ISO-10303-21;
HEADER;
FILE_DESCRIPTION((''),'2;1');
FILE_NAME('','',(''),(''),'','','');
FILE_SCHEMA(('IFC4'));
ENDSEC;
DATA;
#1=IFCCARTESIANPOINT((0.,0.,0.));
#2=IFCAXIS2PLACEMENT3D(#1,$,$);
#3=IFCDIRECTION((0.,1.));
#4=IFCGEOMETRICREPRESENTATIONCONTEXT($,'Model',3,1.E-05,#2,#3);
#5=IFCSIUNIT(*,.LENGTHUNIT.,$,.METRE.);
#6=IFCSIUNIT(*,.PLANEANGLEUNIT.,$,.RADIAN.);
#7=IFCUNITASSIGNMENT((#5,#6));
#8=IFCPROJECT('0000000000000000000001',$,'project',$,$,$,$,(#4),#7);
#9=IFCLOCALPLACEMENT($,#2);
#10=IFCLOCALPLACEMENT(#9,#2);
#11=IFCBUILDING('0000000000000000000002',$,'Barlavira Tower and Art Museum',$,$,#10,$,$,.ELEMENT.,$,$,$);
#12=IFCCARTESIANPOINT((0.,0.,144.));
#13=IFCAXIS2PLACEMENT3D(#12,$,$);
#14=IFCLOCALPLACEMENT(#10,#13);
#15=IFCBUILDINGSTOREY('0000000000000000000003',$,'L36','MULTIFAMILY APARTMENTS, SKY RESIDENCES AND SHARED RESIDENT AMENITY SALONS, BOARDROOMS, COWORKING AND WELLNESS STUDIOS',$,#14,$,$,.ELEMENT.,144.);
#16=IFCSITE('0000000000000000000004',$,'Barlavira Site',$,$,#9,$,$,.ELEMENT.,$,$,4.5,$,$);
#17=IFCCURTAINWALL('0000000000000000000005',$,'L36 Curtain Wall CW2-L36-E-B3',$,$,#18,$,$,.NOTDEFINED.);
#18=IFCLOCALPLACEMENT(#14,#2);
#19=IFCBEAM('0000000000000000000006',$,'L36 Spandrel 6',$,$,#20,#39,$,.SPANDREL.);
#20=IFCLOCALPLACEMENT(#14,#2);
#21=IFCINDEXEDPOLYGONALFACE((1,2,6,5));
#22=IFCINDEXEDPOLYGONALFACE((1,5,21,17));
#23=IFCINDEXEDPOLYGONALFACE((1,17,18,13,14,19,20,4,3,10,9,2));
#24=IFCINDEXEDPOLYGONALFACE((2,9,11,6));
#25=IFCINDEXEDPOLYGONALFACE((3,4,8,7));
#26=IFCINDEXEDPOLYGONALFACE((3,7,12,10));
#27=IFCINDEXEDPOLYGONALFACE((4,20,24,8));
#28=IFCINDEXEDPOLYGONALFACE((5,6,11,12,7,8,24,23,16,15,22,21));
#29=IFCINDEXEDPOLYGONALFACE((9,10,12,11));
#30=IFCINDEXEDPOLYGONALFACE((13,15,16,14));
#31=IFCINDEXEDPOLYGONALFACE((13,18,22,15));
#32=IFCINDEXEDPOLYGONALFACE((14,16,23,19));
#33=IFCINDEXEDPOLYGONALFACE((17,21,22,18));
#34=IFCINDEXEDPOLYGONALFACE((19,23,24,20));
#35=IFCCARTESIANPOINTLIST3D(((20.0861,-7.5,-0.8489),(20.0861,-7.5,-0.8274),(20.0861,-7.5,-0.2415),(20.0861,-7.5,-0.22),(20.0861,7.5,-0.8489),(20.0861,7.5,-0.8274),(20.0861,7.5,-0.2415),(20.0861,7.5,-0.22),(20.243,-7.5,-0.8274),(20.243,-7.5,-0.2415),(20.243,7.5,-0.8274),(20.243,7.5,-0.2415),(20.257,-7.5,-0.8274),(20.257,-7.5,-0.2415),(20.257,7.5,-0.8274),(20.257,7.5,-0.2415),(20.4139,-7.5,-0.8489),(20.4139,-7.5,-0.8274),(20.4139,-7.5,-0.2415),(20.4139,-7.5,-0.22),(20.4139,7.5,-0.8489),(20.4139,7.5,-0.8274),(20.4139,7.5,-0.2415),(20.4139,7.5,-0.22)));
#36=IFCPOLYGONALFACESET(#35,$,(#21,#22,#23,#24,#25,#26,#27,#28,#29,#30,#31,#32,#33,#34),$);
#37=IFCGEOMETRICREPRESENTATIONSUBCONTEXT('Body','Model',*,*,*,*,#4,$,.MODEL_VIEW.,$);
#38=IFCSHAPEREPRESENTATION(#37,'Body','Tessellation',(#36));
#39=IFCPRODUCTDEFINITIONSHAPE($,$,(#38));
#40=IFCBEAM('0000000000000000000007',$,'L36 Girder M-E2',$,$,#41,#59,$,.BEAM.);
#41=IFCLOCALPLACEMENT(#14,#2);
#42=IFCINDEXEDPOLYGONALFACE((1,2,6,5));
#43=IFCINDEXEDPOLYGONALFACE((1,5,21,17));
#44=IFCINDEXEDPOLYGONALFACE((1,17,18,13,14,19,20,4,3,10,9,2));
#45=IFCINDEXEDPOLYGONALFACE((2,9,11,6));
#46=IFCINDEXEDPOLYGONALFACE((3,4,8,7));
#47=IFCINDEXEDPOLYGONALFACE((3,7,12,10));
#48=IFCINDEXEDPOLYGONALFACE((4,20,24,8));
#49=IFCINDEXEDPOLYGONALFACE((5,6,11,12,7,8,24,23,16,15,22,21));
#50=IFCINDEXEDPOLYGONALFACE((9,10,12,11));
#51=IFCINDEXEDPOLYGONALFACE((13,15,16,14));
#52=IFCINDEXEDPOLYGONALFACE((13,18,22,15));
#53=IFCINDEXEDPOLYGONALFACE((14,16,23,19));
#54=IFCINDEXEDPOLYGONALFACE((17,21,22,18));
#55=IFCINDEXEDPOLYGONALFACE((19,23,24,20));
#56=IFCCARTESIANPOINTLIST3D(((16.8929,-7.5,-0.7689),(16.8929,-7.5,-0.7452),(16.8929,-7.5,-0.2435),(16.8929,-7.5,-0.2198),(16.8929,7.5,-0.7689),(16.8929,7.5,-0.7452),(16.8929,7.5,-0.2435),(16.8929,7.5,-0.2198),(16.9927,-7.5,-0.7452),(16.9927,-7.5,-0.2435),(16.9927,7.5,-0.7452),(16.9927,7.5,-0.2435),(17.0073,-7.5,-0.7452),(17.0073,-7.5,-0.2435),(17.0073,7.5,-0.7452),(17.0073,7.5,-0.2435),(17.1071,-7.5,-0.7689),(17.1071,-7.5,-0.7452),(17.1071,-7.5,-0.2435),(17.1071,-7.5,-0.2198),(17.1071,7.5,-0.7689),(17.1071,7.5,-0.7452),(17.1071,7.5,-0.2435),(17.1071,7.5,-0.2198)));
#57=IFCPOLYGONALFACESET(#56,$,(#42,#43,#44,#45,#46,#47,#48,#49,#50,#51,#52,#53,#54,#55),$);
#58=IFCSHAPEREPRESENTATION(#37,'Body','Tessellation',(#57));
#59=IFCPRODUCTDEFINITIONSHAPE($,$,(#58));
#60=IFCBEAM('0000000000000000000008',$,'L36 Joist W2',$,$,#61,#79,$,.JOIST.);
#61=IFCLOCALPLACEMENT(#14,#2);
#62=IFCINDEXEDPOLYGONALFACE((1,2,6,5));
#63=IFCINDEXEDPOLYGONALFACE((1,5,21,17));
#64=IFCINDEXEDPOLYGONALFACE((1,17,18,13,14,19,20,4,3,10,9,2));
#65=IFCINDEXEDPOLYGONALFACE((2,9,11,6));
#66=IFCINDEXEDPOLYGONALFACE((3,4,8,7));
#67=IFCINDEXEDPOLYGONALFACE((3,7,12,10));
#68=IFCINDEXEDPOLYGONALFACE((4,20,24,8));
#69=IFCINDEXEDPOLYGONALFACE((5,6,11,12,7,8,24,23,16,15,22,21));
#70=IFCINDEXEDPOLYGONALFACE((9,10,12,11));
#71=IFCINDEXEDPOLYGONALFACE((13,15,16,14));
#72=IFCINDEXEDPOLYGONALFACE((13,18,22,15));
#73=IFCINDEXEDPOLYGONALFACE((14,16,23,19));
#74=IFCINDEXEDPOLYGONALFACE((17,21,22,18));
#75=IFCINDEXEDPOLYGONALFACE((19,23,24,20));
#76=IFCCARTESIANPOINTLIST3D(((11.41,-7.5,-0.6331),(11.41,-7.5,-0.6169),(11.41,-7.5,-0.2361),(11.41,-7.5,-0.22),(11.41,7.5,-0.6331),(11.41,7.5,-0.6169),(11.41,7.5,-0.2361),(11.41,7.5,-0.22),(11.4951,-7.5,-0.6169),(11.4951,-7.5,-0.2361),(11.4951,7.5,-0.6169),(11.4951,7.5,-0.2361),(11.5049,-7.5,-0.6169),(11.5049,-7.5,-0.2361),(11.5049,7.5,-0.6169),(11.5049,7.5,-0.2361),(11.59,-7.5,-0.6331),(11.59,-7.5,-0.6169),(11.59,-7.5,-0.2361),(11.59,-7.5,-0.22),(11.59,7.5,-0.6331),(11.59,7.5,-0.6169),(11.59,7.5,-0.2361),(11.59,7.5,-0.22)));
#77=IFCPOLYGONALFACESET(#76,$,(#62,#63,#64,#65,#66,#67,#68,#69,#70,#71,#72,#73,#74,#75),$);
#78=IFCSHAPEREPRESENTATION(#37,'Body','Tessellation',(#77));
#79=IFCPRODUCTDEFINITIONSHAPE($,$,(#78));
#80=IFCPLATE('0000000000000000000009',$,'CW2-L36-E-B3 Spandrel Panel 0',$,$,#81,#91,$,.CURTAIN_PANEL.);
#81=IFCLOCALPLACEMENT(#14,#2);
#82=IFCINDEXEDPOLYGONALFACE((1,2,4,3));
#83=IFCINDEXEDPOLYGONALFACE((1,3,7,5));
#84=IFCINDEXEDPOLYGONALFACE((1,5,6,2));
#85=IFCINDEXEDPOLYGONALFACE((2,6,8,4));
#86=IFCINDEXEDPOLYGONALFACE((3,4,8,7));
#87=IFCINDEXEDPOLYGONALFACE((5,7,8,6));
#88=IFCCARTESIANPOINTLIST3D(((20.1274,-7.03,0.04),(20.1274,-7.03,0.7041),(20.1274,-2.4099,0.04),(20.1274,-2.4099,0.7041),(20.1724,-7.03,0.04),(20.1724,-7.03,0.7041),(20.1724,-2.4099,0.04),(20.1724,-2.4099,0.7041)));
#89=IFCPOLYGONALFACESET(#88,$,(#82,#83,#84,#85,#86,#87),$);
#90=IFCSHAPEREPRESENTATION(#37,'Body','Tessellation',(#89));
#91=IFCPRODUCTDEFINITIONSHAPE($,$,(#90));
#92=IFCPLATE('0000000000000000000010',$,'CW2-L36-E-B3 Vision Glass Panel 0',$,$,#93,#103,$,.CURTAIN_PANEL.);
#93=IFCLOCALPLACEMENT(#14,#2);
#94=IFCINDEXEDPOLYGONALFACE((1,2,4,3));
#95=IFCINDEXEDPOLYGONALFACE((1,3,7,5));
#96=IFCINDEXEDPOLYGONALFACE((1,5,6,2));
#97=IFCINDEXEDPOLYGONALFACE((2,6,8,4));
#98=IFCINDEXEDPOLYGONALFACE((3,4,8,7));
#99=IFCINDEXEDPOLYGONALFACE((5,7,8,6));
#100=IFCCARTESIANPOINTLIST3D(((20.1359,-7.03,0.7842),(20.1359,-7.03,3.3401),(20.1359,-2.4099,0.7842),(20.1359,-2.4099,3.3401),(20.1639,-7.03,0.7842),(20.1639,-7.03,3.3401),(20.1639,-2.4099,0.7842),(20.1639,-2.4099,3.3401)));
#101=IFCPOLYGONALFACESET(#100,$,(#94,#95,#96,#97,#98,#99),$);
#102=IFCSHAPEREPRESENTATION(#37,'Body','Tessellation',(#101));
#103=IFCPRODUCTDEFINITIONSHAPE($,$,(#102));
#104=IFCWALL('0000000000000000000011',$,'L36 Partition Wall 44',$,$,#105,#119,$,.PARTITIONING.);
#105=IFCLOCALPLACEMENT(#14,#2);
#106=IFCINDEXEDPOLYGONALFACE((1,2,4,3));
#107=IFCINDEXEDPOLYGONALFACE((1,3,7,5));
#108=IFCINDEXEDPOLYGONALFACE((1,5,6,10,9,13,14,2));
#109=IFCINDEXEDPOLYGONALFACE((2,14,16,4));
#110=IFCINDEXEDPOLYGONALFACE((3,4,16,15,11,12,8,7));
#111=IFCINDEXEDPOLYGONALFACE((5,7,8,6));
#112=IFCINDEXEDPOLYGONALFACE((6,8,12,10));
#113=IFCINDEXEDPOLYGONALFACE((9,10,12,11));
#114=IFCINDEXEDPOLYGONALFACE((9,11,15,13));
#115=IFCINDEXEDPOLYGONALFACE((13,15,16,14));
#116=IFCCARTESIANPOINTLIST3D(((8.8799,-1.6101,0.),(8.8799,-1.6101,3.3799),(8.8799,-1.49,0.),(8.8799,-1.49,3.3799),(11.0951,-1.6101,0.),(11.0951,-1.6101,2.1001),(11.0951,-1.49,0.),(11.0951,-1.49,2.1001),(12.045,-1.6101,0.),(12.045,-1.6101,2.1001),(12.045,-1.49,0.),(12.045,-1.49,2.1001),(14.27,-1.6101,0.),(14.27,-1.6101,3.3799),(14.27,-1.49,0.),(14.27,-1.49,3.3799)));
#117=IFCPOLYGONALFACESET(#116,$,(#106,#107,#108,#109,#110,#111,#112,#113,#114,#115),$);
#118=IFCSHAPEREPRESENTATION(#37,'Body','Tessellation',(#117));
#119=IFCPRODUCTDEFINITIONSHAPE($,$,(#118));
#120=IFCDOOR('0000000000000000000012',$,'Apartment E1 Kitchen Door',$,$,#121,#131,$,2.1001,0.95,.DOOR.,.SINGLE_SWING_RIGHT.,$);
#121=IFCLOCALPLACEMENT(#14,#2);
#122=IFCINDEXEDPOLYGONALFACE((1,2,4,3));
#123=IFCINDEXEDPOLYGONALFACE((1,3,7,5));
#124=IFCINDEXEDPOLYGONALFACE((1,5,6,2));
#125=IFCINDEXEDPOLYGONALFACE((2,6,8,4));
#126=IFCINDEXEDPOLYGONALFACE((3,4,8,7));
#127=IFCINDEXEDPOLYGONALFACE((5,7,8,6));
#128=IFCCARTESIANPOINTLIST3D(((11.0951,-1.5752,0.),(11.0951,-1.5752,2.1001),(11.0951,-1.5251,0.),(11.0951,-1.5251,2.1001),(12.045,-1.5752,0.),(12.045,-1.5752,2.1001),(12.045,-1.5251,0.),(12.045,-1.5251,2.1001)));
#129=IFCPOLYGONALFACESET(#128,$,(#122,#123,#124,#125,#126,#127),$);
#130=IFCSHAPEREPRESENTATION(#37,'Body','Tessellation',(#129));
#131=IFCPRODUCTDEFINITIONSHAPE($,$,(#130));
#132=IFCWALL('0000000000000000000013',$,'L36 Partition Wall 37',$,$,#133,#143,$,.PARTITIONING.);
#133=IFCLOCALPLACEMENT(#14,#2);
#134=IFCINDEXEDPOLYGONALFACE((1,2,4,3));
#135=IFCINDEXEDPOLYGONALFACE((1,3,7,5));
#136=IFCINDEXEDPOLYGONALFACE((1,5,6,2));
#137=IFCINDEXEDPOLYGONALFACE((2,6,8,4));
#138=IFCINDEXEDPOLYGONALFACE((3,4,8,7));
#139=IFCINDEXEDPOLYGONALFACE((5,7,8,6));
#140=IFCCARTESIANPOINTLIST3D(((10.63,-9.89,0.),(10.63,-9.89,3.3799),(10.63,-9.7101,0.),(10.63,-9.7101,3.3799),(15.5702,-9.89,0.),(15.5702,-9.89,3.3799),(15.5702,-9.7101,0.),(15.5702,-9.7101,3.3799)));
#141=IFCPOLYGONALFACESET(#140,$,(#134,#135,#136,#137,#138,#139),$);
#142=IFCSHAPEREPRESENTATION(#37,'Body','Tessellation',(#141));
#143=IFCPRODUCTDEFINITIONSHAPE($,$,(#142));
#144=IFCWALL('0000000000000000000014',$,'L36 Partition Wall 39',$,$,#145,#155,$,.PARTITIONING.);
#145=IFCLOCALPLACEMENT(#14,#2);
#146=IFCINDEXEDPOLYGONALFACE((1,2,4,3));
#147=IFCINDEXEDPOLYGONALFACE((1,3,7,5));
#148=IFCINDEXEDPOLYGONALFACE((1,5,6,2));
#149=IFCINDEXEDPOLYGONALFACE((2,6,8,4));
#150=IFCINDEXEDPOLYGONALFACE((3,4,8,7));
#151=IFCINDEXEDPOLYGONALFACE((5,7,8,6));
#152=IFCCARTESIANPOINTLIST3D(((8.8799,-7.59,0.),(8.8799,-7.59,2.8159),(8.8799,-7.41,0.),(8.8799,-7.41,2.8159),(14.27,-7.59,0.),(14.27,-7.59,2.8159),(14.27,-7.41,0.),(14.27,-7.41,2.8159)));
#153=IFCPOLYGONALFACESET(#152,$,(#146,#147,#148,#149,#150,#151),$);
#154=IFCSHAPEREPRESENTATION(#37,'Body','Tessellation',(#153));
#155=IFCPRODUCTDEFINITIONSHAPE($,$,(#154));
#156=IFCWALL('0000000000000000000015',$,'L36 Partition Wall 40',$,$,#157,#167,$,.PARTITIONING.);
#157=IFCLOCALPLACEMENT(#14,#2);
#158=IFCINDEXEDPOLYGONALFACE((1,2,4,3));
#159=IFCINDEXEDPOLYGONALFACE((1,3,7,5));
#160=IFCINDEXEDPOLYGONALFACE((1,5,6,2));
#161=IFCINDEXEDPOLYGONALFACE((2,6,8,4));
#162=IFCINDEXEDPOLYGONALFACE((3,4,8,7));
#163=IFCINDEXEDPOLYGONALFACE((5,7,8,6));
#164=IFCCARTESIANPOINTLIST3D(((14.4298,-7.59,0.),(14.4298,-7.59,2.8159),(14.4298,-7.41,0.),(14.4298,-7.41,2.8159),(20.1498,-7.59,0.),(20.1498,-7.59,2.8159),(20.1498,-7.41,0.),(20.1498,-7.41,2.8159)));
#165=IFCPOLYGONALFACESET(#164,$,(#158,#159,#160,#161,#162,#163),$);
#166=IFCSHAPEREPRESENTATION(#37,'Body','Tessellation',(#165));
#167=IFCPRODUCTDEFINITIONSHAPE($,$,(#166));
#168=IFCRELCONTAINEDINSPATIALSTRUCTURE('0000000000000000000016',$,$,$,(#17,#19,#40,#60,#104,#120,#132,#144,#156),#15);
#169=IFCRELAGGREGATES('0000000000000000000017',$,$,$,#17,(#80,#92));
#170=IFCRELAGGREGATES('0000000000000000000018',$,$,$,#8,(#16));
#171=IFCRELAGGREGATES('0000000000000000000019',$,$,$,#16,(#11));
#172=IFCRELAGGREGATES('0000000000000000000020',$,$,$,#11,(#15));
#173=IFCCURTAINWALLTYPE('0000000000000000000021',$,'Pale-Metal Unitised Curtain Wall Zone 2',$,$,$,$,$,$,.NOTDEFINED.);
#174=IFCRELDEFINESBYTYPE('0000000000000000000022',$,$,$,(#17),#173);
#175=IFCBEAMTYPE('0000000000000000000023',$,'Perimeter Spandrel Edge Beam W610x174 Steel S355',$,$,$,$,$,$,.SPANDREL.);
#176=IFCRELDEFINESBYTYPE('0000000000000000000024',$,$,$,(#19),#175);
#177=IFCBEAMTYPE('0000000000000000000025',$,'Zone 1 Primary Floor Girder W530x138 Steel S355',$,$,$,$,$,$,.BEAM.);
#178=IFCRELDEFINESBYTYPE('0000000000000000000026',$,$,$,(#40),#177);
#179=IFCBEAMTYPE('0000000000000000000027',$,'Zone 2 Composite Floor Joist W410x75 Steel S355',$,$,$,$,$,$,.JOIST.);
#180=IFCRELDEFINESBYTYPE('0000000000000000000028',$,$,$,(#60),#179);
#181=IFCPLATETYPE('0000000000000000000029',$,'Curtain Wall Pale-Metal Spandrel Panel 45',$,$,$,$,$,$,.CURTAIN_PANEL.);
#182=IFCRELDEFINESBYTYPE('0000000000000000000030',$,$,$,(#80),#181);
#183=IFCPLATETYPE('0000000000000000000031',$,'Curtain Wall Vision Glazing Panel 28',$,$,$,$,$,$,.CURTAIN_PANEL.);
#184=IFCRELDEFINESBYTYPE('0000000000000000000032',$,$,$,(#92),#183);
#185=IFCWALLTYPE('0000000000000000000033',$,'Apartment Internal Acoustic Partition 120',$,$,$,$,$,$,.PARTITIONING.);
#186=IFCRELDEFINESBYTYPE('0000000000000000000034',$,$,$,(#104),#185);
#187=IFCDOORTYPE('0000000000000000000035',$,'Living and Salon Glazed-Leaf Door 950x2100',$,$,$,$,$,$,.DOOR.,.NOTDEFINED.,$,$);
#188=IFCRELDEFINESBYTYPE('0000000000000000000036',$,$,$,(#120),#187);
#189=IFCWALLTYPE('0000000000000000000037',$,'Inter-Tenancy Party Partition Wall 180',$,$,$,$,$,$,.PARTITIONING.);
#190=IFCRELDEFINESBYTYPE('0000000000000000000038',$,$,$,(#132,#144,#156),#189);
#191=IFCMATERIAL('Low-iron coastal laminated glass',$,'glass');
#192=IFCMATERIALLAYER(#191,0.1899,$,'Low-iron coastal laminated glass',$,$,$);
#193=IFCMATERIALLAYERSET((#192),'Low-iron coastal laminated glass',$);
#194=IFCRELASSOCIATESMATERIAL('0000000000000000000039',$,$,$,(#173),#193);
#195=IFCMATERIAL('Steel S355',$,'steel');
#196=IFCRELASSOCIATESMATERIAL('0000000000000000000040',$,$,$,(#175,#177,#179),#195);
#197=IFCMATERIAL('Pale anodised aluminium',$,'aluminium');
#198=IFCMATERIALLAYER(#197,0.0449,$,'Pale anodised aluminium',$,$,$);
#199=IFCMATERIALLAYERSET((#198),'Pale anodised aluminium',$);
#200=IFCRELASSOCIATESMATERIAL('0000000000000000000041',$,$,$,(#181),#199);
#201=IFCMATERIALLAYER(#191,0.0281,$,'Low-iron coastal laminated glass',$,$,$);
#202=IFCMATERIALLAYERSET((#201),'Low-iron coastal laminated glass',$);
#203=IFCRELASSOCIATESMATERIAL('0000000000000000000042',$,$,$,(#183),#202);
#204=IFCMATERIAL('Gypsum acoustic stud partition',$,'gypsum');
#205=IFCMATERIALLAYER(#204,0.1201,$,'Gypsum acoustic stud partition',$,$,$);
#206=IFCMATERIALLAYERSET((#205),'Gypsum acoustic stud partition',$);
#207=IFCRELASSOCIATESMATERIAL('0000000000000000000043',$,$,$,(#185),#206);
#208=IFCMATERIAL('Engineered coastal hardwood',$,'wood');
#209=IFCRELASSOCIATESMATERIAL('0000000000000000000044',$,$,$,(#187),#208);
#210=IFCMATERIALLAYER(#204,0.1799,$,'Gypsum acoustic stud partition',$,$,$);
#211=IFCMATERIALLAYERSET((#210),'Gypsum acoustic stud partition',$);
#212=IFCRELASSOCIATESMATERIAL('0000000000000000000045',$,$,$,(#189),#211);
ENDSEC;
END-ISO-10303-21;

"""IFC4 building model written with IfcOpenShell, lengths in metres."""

from ifc_helpers import new_model, si_unit, direction, frame, frame_2d, origin, origin_2d, place, context, subcontext, project, spatial, rectangle, i_section, extrude, material, layer, layer_set, material_profile, profile_set, type_object, element, fill, aggregate, save


model = new_model("IFC4")

# Units and contexts
model_context = context("Model", 3, precision=1e-05, world=origin(), true_north=direction((0.0, 1.0)))
body_context = subcontext(model_context, "Body", "Model", "MODEL_VIEW")
ifc_project = project(units=[si_unit("LENGTHUNIT", "METRE"), si_unit("PLANEANGLEUNIT", "RADIAN")], contexts=[model_context])

# Site, building, storey
site_placement = place(None, origin())
site = spatial("IfcSite", under=ifc_project, at=site_placement, Name="Barlavira Site", CompositionType="ELEMENT", RefElevation=4.5)
building_placement = place(site_placement, origin())
building = spatial("IfcBuilding", under=site, at=building_placement, Name="Barlavira Tower and Art Museum", CompositionType="ELEMENT")
storey_placement = place(building_placement, frame((0.0, 0.0, 144.0)))
storey = spatial("IfcBuildingStorey", under=building, at=storey_placement, Name="L36", Description="MULTIFAMILY APARTMENTS, SKY RESIDENCES AND SHARED RESIDENT AMENITY SALONS, BOARDROOMS, COWORKING AND WELLNESS STUDIOS", CompositionType="ELEMENT", Elevation=144.0)

# Curtain wall
ifc_material_1 = material(Name="Low-iron coastal laminated glass", Category="glass")
ifc_layer_1 = layer(ifc_material_1, 0.1899, Name="Low-iron coastal laminated glass")
ifc_layer_set_1 = layer_set([ifc_layer_1], Name="Low-iron coastal laminated glass")
curtain_wall_type = type_object("IfcCurtainWallType", Name="Pale-Metal Unitised Curtain Wall Zone 2", PredefinedType="NOTDEFINED", material=ifc_layer_set_1)
curtain_wall_placement = place(storey_placement, origin())
curtain_wall = element("IfcCurtainWall", 1, at=curtain_wall_placement, inside=storey, type_object=curtain_wall_type, Name="L36 Curtain Wall CW2-L36-E-B3", PredefinedType="NOTDEFINED")
ifc_material_2 = material(Name="Pale anodised aluminium", Category="aluminium")

# Beams
ifc_material_3 = material(Name="Steel S355", Category="steel")
ifc_material_profile_1 = material_profile(ifc_material_3, i_section(OverallWidth=0.3279, OverallDepth=0.6289, WebThickness=0.0139, FlangeThickness=0.0215, at=origin_2d()), Name="W610x174.0")
ifc_profile_set_1 = profile_set([ifc_material_profile_1], Name="Steel S355")
beam_type_1 = type_object("IfcBeamType", Name="Perimeter Spandrel Edge Beam W610x174 Steel S355", PredefinedType="SPANDREL", material=ifc_profile_set_1)
beam_1_placement = place(storey_placement, frame((20.25, -7.5, -0.5344), z_axis=(0.0, 1.0, 0.0), x_axis=(-1.0, 0.0, 0.0)))
element("IfcBeam", 2, at=beam_1_placement, inside=storey, type_object=beam_type_1, Name="L36 Spandrel 6", PredefinedType="SPANDREL", context=body_context, shape_type="SweptSolid", body=[
    extrude(i_section(OverallWidth=0.3279, OverallDepth=0.6289, WebThickness=0.0139, FlangeThickness=0.0215, at=origin_2d()), origin(), (0.0, 0.0, 1.0), 15.0),
])
ifc_material_profile_2 = material_profile(ifc_material_3, i_section(OverallWidth=0.2141, OverallDepth=0.5491, WebThickness=0.0146, FlangeThickness=0.0237, at=origin_2d()), Name="W530x138.0")
ifc_profile_set_2 = profile_set([ifc_material_profile_2], Name="Steel S355")
beam_type_2 = type_object("IfcBeamType", Name="Zone 1 Primary Floor Girder W530x138 Steel S355", PredefinedType="BEAM", material=ifc_profile_set_2)
beam_2_placement = place(storey_placement, frame((17.0, -7.5, -0.4944), z_axis=(0.0, 1.0, 0.0), x_axis=(-1.0, 0.0, 0.0)))
element("IfcBeam", 3, at=beam_2_placement, inside=storey, type_object=beam_type_2, Name="L36 Girder M-E2", PredefinedType="BEAM", context=body_context, shape_type="SweptSolid", body=[
    extrude(i_section(OverallWidth=0.2141, OverallDepth=0.5491, WebThickness=0.0146, FlangeThickness=0.0237, at=origin_2d()), origin(), (0.0, 0.0, 1.0), 15.0),
])
ifc_material_profile_3 = material_profile(ifc_material_3, i_section(OverallWidth=0.1799, OverallDepth=0.4131, WebThickness=0.0098, FlangeThickness=0.0161, at=origin_2d()), Name="W410x75.0")
ifc_profile_set_3 = profile_set([ifc_material_profile_3], Name="Steel S355")
beam_type_3 = type_object("IfcBeamType", Name="Zone 2 Composite Floor Joist W410x75 Steel S355", PredefinedType="JOIST", material=ifc_profile_set_3)
beam_3_placement = place(storey_placement, frame((11.5, -7.5, -0.4265), z_axis=(0.0, 1.0, 0.0), x_axis=(-1.0, 0.0, 0.0)))
element("IfcBeam", 4, at=beam_3_placement, inside=storey, type_object=beam_type_3, Name="L36 Joist W2", PredefinedType="JOIST", context=body_context, shape_type="SweptSolid", body=[
    extrude(i_section(OverallWidth=0.1799, OverallDepth=0.4131, WebThickness=0.0098, FlangeThickness=0.0161, at=origin_2d()), origin(), (0.0, 0.0, 1.0), 15.0),
])

# Plates
ifc_layer_2 = layer(ifc_material_2, 0.0449, Name="Pale anodised aluminium")
ifc_layer_set_2 = layer_set([ifc_layer_2], Name="Pale anodised aluminium")
plate_type_1 = type_object("IfcPlateType", Name="Curtain Wall Pale-Metal Spandrel Panel 45", PredefinedType="CURTAIN_PANEL", material=ifc_layer_set_2)
plate_1_placement = place(storey_placement, frame((20.1499, -4.72, 0.04), z_axis=(0.0, 0.0, 1.0), x_axis=(0.0, 1.0, 0.0)))
plate_1 = element("IfcPlate", 5, at=plate_1_placement, type_object=plate_type_1, Name="CW2-L36-E-B3 Spandrel Panel 0", PredefinedType="CURTAIN_PANEL", context=body_context, shape_type="SweptSolid", body=[
    extrude(rectangle(XDim=4.6201, YDim=0.0449, at=origin_2d()), origin(), (0.0, 0.0, 1.0), 0.6641),
])
ifc_layer_3 = layer(ifc_material_1, 0.0281, Name="Low-iron coastal laminated glass")
ifc_layer_set_3 = layer_set([ifc_layer_3], Name="Low-iron coastal laminated glass")
plate_type_2 = type_object("IfcPlateType", Name="Curtain Wall Vision Glazing Panel 28", PredefinedType="CURTAIN_PANEL", material=ifc_layer_set_3)
plate_2_placement = place(storey_placement, frame((20.1499, -4.72, 0.7842), z_axis=(0.0, 0.0, 1.0), x_axis=(0.0, 1.0, 0.0)))
plate_2 = element("IfcPlate", 6, at=plate_2_placement, type_object=plate_type_2, Name="CW2-L36-E-B3 Vision Glass Panel 0", PredefinedType="CURTAIN_PANEL", context=body_context, shape_type="SweptSolid", body=[
    extrude(rectangle(XDim=4.6201, YDim=0.0281, at=origin_2d()), origin(), (0.0, 0.0, 1.0), 2.5559),
])
aggregate(curtain_wall, [plate_1, plate_2])

# Wall, opening, door
ifc_material_4 = material(Name="Gypsum acoustic stud partition", Category="gypsum")
ifc_layer_4 = layer(ifc_material_4, 0.1201, Name="Gypsum acoustic stud partition")
ifc_layer_set_4 = layer_set([ifc_layer_4], Name="Gypsum acoustic stud partition")
wall_type_1 = type_object("IfcWallType", Name="Apartment Internal Acoustic Partition 120", PredefinedType="PARTITIONING", material=ifc_layer_set_4)
wall_1_placement = place(storey_placement, frame((8.8799, -1.55, 0.0), z_axis=(0.0, 0.0, 1.0), x_axis=(1.0, 0.0, 0.0)))
wall_1 = element("IfcWall", 7, at=wall_1_placement, inside=storey, type_object=wall_type_1, Name="L36 Partition Wall 44", PredefinedType="PARTITIONING", context=body_context, shape_type="SweptSolid", body=[
    extrude(rectangle(XDim=5.3901, YDim=0.1201, at=frame_2d((2.6951, 0.0))), origin(), (0.0, 0.0, 1.0), 3.3799),
])
opening_1_placement = place(wall_1_placement, frame((2.2151, 0.0, 0.0)))
opening_1 = element("IfcOpeningElement", 8, at=opening_1_placement, cuts=wall_1, PredefinedType="OPENING", context=body_context, shape_type="SweptSolid", body=[
    extrude(rectangle(XDim=0.95, YDim=2.1001, at=frame_2d((0.4751, 1.05))), frame((0.0, 0.0701, 0.0), z_axis=(0.0, -1.0, 0.0), x_axis=(1.0, 0.0, 0.0)), (0.0, 0.0, 1.0), 0.1401),
])
ifc_material_5 = material(Name="Engineered coastal hardwood", Category="wood")
door_type_1 = type_object("IfcDoorType", Name="Living and Salon Glazed-Leaf Door 950x2100", OperationType="NOTDEFINED", PredefinedType="DOOR", material=ifc_material_5)
door_1_placement = place(opening_1_placement, origin())
door_1 = element("IfcDoor", 9, at=door_1_placement, inside=storey, type_object=door_type_1, Name="Apartment E1 Kitchen Door", OperationType="SINGLE_SWING_RIGHT", OverallHeight=2.1001, OverallWidth=0.95, PredefinedType="DOOR", context=body_context, shape_type="SweptSolid", body=[
    extrude(rectangle(XDim=0.95, YDim=2.1001, at=frame_2d((0.4751, 1.05))), frame((0.0, 0.0249, 0.0), z_axis=(0.0, -1.0, 0.0), x_axis=(1.0, 0.0, 0.0)), (0.0, 0.0, 1.0), 0.05),
])
fill(opening_1, door_1)

# Walls
ifc_layer_5 = layer(ifc_material_4, 0.1799, Name="Gypsum acoustic stud partition")
ifc_layer_set_5 = layer_set([ifc_layer_5], Name="Gypsum acoustic stud partition")
wall_type_2 = type_object("IfcWallType", Name="Inter-Tenancy Party Partition Wall 180", PredefinedType="PARTITIONING", material=ifc_layer_set_5)
wall_2_placement = place(storey_placement, frame((10.6299, -9.8, 0.0), z_axis=(0.0, 0.0, 1.0), x_axis=(1.0, 0.0, 0.0)))
element("IfcWall", 10, at=wall_2_placement, inside=storey, type_object=wall_type_2, Name="L36 Partition Wall 37", PredefinedType="PARTITIONING", context=body_context, shape_type="SweptSolid", body=[
    extrude(rectangle(XDim=4.9402, YDim=0.1799, at=frame_2d((2.4702, 0.0))), origin(), (0.0, 0.0, 1.0), 3.3799),
])
wall_3_placement = place(storey_placement, frame((8.8799, -7.5, 0.0), z_axis=(0.0, 0.0, 1.0), x_axis=(1.0, 0.0, 0.0)))
element("IfcWall", 11, at=wall_3_placement, inside=storey, type_object=wall_type_2, Name="L36 Partition Wall 39", PredefinedType="PARTITIONING", context=body_context, shape_type="SweptSolid", body=[
    extrude(rectangle(XDim=5.3901, YDim=0.1799, at=frame_2d((2.6951, 0.0))), origin(), (0.0, 0.0, 1.0), 2.8159),
])
wall_4_placement = place(storey_placement, frame((14.4299, -7.5, 0.0), z_axis=(0.0, 0.0, 1.0), x_axis=(1.0, 0.0, 0.0)))
element("IfcWall", 12, at=wall_4_placement, inside=storey, type_object=wall_type_2, Name="L36 Partition Wall 40", PredefinedType="PARTITIONING", context=body_context, shape_type="SweptSolid", body=[
    extrude(rectangle(XDim=5.72, YDim=0.1799, at=frame_2d((2.8599, 0.0))), origin(), (0.0, 0.0, 1.0), 2.8159),
])

save(model, "model.ifc")
